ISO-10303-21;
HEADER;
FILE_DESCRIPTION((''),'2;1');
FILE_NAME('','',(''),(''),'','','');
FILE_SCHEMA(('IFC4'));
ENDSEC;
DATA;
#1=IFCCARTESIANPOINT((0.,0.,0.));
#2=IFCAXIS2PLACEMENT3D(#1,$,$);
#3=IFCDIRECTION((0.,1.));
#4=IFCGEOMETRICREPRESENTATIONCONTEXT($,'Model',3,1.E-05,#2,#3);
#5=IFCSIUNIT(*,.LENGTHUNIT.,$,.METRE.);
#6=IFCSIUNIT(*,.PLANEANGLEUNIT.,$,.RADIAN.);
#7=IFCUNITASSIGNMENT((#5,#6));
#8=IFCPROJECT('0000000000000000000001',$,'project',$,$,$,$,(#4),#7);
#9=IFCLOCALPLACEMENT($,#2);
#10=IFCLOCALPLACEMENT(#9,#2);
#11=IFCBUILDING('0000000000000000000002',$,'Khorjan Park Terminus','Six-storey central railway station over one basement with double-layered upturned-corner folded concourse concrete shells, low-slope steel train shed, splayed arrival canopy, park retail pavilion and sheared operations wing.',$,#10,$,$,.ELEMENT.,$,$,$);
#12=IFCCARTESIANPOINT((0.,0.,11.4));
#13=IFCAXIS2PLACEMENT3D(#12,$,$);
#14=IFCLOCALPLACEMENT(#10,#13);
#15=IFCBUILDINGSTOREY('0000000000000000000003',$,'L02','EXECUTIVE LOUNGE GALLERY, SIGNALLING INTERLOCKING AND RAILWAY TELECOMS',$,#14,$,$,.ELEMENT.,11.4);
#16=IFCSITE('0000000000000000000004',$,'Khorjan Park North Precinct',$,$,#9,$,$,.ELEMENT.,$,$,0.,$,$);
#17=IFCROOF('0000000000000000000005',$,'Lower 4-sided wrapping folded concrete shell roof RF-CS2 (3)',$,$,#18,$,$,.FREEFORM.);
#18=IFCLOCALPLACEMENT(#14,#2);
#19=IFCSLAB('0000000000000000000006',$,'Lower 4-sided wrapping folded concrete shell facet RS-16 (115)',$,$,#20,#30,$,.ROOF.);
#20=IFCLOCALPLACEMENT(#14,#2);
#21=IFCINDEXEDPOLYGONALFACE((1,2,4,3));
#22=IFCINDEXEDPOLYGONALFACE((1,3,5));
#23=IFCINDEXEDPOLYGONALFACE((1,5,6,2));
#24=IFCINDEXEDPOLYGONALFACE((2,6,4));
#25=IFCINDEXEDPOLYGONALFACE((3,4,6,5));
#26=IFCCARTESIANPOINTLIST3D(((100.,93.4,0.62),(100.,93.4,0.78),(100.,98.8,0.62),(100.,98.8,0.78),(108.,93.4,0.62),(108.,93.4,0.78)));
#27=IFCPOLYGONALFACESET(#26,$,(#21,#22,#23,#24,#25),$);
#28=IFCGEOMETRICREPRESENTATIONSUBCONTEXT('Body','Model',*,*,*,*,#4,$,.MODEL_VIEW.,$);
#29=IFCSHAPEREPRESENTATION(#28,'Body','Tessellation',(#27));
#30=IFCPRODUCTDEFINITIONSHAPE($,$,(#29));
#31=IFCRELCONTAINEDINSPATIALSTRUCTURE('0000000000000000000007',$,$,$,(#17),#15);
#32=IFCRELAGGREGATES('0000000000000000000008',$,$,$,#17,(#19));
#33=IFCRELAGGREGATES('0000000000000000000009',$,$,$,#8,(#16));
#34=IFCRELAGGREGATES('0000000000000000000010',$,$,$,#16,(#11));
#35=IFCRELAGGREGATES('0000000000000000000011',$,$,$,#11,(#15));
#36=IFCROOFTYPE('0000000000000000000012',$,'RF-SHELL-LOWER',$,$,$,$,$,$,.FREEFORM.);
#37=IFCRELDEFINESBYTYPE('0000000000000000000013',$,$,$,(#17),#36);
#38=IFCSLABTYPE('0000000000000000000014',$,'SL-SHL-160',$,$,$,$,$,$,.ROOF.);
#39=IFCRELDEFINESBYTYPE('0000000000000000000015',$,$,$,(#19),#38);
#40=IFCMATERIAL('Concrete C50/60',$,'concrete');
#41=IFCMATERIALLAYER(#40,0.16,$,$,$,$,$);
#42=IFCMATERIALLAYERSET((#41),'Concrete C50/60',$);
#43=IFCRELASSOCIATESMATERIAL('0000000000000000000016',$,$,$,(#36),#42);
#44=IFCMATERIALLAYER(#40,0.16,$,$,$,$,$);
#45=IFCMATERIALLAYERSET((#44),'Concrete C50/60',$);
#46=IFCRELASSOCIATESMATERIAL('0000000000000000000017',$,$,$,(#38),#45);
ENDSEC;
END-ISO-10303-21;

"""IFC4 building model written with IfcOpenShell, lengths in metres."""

from ifc_helpers import new_model, si_unit, direction, frame, origin, place, context, subcontext, project, spatial, polyline, outline, extrude, material, layer, layer_set, type_object, element, aggregate, save


model = new_model("IFC4")

# Units and contexts
model_context = context("Model", 3, precision=1e-05, world=origin(), true_north=direction((0.0, 1.0)))
body_context = subcontext(model_context, "Body", "Model", "MODEL_VIEW")
ifc_project = project(units=[si_unit("LENGTHUNIT", "METRE"), si_unit("PLANEANGLEUNIT", "RADIAN")], contexts=[model_context])

# Site, building, storey
site_placement = place(None, origin())
site = spatial("IfcSite", under=ifc_project, at=site_placement, Name="Khorjan Park North Precinct", CompositionType="ELEMENT", RefElevation=0.0)
building_placement = place(site_placement, origin())
building = spatial("IfcBuilding", under=site, at=building_placement, Name="Khorjan Park Terminus", Description="Six-storey central railway station over one basement with double-layered upturned-corner folded concourse concrete shells, low-slope steel train shed, splayed arrival canopy, park retail pavilion and sheared operations wing.", CompositionType="ELEMENT")
storey_placement = place(building_placement, frame((0.0, 0.0, 11.4)))
storey = spatial("IfcBuildingStorey", under=building, at=storey_placement, Name="L02", Description="EXECUTIVE LOUNGE GALLERY, SIGNALLING INTERLOCKING AND RAILWAY TELECOMS", CompositionType="ELEMENT", Elevation=11.4)

# Roof, slab
ifc_material_1 = material(Name="Concrete C50/60", Category="concrete")
ifc_layer_1 = layer(ifc_material_1, 0.16)
ifc_layer_set_1 = layer_set([ifc_layer_1], Name="Concrete C50/60")
roof_type = type_object("IfcRoofType", Name="RF-SHELL-LOWER", PredefinedType="FREEFORM", material=ifc_layer_set_1)
roof_placement = place(storey_placement, origin())
roof = element("IfcRoof", 1, at=roof_placement, inside=storey, type_object=roof_type, Name="Lower 4-sided wrapping folded concrete shell roof RF-CS2 (3)", PredefinedType="FREEFORM")
ifc_layer_2 = layer(ifc_material_1, 0.16)
ifc_layer_set_2 = layer_set([ifc_layer_2], Name="Concrete C50/60")
slab_type = type_object("IfcSlabType", Name="SL-SHL-160", PredefinedType="ROOF", material=ifc_layer_set_2)
slab_placement = place(storey_placement, frame((100.0, 93.4, 0.78), z_axis=(0.0, 0.0, 1.0), x_axis=(1.0, 0.0, 0.0)))
slab = element("IfcSlab", 2, at=slab_placement, type_object=slab_type, Name="Lower 4-sided wrapping folded concrete shell facet RS-16 (115)", PredefinedType="ROOF", context=body_context, shape_type="SweptSolid", body=[
    extrude(outline(polyline([(0.0, 0.0), (8.0, 0.0), (0.0, 5.4), (0.0, 0.0)])), origin(), (0.0, 0.0, -1.0), 0.16),
])
aggregate(roof, [slab])

save(model, "model.ifc")
